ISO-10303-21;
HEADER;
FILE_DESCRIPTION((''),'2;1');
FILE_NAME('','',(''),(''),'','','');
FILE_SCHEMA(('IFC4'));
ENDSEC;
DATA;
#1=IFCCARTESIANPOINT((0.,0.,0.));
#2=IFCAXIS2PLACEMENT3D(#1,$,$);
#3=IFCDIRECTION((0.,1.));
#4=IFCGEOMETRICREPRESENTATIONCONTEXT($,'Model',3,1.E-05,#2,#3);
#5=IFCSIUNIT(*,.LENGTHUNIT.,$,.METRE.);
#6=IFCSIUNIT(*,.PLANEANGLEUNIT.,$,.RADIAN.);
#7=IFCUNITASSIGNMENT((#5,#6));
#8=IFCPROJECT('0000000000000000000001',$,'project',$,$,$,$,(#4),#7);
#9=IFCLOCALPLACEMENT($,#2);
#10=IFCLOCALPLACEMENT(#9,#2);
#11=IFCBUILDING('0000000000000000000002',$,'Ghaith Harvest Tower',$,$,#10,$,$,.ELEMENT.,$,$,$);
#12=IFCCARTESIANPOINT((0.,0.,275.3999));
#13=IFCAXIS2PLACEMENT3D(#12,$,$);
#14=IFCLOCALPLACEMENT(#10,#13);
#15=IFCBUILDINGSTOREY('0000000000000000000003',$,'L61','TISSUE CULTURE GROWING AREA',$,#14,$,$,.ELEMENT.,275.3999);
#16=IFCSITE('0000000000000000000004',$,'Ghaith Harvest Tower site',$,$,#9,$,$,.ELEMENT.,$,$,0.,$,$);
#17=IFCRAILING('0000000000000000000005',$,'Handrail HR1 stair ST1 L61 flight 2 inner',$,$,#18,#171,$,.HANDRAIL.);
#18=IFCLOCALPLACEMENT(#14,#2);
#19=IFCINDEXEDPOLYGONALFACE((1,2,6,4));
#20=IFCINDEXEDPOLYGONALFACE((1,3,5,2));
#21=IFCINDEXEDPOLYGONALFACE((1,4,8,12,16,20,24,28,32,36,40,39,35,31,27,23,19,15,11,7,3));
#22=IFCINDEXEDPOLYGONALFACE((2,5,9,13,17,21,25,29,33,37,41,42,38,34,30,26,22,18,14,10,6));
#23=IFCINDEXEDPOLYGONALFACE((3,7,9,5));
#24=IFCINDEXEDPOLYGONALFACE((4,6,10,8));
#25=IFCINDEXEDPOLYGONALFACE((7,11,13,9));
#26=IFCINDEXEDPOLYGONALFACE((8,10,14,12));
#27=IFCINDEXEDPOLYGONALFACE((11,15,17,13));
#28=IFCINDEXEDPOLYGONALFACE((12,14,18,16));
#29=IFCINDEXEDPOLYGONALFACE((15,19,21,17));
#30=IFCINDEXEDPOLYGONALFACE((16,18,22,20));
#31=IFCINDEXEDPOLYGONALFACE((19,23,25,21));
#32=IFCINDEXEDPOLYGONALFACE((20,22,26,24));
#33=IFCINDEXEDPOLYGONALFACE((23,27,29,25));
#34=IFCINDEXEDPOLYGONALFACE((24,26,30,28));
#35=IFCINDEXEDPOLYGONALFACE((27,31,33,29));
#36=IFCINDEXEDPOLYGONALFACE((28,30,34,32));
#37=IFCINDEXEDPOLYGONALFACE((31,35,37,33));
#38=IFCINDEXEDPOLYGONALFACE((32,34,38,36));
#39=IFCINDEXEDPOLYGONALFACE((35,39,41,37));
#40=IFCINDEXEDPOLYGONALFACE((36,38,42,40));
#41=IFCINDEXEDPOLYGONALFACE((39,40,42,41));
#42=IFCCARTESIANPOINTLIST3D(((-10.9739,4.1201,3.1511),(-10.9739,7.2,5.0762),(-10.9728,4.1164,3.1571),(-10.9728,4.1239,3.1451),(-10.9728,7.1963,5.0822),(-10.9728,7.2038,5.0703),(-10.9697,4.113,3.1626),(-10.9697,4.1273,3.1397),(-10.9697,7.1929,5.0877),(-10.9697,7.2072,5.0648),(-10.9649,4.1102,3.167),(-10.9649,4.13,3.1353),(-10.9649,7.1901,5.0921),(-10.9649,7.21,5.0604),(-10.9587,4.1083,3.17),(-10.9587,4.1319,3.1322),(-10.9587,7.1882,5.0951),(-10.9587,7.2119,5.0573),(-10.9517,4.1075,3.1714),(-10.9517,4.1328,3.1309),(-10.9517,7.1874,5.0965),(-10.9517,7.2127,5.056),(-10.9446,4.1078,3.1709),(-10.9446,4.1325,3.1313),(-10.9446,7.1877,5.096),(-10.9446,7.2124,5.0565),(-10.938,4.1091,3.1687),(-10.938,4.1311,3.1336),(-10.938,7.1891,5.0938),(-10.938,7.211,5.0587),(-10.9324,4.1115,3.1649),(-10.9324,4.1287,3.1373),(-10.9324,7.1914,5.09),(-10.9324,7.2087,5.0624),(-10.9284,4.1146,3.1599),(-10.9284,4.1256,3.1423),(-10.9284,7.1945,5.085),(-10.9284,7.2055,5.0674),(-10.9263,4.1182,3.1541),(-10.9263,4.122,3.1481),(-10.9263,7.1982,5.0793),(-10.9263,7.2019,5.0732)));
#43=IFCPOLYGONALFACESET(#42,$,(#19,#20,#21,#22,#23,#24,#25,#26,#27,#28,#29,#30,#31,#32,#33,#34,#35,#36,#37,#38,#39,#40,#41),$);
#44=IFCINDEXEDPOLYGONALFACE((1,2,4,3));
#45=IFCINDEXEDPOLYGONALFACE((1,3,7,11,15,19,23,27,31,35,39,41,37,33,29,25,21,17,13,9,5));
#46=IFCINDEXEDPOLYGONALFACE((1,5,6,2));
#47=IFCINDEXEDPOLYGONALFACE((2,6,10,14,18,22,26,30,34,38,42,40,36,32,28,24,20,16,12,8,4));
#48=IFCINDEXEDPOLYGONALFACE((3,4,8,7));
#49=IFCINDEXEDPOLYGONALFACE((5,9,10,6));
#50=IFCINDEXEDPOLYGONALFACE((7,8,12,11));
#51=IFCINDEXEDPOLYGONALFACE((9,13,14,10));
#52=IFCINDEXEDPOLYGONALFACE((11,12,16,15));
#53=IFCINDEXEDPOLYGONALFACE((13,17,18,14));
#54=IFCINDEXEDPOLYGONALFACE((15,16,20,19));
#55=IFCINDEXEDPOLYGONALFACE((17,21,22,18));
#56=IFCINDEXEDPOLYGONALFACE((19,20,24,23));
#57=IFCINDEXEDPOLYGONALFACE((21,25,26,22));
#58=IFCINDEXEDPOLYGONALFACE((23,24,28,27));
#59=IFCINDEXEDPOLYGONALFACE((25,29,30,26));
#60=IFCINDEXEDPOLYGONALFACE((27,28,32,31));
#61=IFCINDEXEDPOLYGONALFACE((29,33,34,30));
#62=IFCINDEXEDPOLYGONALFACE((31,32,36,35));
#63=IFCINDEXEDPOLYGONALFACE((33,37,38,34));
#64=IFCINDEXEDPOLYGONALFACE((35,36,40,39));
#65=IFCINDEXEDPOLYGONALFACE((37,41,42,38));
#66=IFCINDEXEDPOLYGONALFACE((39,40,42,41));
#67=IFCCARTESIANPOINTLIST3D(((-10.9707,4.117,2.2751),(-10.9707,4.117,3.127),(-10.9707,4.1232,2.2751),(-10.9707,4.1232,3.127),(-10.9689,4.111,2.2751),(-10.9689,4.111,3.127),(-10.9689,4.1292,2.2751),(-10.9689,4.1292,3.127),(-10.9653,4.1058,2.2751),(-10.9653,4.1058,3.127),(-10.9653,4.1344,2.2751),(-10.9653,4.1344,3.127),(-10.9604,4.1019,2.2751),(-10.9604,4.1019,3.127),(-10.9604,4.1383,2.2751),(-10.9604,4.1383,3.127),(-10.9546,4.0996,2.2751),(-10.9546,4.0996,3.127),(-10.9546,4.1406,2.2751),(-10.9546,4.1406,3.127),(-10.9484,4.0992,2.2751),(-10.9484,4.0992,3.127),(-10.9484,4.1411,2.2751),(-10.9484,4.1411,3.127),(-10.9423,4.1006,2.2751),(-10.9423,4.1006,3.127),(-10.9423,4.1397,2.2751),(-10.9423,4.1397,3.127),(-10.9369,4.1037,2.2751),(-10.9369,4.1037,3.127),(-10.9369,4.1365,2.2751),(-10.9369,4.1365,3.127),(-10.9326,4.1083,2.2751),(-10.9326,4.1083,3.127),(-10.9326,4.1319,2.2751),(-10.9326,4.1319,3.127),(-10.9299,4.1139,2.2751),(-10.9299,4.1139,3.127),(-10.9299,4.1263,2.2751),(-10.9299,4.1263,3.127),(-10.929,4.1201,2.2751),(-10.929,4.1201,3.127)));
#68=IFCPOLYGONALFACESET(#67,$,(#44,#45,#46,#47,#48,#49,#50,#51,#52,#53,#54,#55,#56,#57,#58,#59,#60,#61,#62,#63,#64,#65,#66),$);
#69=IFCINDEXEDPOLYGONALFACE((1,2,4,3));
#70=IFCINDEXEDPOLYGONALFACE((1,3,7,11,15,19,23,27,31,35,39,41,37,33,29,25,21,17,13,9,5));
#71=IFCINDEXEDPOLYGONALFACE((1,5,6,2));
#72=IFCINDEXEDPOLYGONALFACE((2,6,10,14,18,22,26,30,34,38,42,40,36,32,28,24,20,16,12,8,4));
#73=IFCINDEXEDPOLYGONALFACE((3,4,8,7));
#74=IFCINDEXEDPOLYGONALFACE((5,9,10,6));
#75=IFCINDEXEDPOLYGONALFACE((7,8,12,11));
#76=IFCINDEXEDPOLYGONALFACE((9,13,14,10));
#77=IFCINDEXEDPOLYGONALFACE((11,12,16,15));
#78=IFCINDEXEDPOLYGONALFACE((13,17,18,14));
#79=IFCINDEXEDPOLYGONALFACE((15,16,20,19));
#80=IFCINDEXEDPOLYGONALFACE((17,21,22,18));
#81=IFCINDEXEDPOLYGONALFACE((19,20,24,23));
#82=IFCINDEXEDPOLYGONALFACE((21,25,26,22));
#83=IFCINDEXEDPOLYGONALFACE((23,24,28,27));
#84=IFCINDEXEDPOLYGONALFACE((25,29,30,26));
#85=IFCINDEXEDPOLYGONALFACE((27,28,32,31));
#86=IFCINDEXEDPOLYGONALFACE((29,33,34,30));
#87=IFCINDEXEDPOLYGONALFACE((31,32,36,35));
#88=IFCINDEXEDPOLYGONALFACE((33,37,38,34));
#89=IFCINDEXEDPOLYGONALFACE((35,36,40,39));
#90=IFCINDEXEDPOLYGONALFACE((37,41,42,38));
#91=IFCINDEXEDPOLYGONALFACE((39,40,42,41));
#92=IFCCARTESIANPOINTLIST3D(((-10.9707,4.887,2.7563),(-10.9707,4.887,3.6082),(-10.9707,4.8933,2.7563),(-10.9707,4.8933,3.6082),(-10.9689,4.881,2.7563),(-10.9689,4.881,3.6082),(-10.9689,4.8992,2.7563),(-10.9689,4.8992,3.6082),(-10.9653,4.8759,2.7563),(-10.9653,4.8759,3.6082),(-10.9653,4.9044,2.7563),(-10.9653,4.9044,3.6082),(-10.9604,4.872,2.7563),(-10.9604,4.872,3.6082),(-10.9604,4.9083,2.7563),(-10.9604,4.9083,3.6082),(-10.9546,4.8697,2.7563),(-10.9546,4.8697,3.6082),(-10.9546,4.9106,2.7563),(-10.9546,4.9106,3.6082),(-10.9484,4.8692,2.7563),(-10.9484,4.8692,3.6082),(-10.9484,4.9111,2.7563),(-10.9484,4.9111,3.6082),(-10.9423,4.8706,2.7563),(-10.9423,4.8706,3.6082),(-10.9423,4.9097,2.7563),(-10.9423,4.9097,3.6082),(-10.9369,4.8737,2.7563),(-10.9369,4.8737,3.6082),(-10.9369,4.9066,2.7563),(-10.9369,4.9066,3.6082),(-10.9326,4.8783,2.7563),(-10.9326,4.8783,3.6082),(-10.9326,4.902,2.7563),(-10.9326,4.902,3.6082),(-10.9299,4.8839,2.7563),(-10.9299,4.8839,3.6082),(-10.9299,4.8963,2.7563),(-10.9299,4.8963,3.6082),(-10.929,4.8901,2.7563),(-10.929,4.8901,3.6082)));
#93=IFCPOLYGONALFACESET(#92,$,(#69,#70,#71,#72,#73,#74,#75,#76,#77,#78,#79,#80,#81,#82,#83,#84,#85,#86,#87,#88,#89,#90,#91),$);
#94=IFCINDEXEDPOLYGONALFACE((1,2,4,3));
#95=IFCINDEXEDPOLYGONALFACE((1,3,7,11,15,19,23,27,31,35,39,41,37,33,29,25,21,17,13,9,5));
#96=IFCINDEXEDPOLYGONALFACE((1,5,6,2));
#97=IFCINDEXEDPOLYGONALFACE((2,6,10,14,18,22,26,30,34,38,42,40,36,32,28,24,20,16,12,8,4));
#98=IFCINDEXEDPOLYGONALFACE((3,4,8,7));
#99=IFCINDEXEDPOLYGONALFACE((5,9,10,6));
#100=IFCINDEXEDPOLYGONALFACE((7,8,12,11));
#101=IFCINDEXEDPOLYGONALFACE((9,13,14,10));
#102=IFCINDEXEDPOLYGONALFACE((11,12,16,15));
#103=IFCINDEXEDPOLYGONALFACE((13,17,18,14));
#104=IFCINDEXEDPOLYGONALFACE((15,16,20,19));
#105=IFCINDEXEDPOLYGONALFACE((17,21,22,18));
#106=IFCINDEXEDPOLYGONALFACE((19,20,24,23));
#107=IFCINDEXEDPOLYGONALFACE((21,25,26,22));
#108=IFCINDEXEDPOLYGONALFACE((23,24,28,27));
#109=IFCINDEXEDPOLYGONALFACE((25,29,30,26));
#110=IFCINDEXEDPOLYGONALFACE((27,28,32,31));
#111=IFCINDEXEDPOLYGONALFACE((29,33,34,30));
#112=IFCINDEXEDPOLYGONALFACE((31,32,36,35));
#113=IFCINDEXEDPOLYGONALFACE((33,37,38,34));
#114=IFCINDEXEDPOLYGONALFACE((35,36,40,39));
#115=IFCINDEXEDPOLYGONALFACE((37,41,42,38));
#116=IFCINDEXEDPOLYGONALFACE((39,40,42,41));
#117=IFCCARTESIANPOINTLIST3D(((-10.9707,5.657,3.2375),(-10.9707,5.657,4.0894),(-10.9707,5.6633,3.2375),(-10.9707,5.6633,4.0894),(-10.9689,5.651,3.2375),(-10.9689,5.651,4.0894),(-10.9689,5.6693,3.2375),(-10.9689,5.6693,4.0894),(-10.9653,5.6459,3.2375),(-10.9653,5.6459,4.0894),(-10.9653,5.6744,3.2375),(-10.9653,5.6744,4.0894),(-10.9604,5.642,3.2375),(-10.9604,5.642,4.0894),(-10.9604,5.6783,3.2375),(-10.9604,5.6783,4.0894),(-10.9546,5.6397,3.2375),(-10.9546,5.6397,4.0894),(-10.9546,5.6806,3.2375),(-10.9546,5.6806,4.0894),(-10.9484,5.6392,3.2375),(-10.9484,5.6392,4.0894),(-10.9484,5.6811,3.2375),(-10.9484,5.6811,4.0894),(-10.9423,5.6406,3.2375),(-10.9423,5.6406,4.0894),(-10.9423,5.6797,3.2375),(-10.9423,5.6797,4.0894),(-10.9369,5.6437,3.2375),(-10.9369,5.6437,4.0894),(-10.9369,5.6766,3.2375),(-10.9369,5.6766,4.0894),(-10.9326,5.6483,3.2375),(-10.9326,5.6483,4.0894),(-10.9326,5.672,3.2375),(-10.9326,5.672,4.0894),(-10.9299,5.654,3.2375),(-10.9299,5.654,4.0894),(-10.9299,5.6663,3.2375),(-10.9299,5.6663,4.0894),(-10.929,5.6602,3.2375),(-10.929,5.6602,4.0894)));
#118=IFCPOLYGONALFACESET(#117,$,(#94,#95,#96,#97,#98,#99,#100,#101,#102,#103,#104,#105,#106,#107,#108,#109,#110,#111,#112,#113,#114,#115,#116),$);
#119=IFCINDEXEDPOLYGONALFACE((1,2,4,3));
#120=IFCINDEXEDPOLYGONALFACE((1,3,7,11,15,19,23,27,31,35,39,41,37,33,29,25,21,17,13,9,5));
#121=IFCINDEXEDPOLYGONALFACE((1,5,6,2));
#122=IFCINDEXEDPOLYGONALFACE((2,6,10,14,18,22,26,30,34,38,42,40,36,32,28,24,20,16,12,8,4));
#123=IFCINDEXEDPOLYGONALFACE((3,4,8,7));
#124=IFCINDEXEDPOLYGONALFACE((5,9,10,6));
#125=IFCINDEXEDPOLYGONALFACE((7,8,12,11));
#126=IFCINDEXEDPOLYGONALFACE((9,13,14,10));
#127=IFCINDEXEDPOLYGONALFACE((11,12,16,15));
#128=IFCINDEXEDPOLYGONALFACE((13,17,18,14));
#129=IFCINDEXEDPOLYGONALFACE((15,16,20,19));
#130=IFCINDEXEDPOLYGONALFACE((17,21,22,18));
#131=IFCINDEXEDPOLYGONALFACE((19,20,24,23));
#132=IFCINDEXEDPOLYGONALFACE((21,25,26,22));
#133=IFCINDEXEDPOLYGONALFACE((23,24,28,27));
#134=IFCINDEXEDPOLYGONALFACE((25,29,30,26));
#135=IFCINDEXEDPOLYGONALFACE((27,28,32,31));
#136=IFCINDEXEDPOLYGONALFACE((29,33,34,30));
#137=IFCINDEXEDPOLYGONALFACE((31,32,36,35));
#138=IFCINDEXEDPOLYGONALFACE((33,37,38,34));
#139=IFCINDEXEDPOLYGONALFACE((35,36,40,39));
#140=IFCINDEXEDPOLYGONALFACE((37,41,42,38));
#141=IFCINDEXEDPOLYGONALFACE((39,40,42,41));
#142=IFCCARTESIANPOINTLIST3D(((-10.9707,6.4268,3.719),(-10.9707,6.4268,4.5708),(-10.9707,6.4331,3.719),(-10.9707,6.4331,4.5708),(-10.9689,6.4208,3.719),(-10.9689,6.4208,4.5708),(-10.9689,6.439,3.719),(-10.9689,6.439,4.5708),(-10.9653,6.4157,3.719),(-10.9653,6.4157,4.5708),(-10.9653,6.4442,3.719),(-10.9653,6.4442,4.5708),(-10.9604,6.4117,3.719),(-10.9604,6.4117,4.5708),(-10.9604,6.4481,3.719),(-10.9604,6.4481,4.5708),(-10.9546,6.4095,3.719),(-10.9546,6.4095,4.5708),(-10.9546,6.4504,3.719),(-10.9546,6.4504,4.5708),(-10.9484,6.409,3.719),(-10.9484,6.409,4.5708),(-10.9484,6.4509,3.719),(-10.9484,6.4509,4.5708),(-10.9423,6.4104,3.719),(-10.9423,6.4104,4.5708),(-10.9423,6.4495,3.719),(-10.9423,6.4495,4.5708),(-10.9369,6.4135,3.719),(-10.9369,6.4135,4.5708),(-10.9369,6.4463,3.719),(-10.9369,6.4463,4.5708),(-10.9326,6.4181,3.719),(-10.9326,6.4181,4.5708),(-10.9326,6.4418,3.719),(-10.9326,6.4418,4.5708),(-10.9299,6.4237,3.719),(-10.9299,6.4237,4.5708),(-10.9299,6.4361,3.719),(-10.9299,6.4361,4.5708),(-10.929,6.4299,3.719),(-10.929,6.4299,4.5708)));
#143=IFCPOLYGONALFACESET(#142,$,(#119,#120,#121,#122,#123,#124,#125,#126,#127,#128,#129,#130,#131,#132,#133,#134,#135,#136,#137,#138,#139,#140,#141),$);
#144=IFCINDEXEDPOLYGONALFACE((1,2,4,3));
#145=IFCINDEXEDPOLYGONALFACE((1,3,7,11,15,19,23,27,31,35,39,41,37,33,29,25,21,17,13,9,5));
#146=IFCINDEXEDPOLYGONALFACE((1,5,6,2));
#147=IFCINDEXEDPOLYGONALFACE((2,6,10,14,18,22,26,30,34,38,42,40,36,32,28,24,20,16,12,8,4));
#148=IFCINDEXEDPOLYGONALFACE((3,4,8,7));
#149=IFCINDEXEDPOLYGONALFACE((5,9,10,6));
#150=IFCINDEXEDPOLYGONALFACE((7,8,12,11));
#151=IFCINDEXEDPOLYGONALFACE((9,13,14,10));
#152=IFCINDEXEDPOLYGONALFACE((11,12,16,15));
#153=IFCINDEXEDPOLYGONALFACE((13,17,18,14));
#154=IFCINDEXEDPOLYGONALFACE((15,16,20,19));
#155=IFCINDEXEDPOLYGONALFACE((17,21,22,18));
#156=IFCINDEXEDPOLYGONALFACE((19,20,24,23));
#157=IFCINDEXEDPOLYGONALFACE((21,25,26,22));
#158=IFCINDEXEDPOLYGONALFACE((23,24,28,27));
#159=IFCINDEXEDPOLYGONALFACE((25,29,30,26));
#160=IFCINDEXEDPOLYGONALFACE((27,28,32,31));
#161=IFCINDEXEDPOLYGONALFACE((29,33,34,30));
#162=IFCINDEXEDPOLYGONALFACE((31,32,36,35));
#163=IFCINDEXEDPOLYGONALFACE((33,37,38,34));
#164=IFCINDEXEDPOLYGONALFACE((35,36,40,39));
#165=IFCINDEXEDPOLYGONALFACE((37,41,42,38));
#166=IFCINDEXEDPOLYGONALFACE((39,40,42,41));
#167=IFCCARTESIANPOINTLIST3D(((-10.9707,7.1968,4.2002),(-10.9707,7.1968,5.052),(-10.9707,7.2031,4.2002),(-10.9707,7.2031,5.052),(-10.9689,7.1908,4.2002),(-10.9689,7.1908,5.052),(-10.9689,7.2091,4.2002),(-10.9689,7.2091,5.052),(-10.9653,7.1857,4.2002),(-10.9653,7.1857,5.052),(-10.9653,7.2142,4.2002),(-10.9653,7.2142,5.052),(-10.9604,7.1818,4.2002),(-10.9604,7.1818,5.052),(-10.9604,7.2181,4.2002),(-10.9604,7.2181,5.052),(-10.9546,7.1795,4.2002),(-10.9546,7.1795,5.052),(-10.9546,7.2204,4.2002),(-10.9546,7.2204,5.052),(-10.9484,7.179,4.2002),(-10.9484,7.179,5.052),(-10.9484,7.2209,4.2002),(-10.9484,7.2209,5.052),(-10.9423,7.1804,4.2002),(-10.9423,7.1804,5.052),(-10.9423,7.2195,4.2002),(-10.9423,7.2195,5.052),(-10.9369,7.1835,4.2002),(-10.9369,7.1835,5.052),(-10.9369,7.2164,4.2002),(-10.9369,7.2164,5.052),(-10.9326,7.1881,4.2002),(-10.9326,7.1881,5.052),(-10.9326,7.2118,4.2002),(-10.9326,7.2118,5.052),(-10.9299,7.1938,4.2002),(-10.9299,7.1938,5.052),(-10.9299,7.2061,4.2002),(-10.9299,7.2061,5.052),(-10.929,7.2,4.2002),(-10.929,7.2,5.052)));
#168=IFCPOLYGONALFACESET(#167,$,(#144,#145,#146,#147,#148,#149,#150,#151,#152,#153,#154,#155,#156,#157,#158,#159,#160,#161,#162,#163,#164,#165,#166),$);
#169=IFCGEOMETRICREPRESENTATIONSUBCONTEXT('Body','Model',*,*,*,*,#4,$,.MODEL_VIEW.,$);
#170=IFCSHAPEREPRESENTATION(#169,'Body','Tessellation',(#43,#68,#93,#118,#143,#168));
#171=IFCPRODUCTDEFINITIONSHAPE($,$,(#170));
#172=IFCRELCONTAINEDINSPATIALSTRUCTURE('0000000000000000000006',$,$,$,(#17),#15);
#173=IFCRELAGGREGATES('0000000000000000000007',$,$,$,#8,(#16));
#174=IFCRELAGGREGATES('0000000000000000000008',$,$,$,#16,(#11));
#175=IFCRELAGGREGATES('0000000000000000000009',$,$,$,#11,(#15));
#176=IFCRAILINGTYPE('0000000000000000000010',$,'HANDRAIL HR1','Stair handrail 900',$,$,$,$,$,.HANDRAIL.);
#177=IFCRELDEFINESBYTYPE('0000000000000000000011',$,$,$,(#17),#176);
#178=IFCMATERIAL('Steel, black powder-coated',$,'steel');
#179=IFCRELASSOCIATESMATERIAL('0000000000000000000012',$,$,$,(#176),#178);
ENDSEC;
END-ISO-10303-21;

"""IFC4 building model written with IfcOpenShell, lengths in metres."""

from ifc_helpers import new_model, si_unit, direction, frame, origin, origin_2d, place, context, subcontext, project, spatial, circle, extrude, material, type_object, element, save


model = new_model("IFC4")

# Units and contexts
model_context = context("Model", 3, precision=1e-05, world=origin(), true_north=direction((0.0, 1.0)))
body_context = subcontext(model_context, "Body", "Model", "MODEL_VIEW")
ifc_project = project(units=[si_unit("LENGTHUNIT", "METRE"), si_unit("PLANEANGLEUNIT", "RADIAN")], contexts=[model_context])

# Site, building, storey
site_placement = place(None, origin())
site = spatial("IfcSite", under=ifc_project, at=site_placement, Name="Ghaith Harvest Tower site", CompositionType="ELEMENT", RefElevation=0.0)
building_placement = place(site_placement, origin())
building = spatial("IfcBuilding", under=site, at=building_placement, Name="Ghaith Harvest Tower", CompositionType="ELEMENT")
storey_placement = place(building_placement, frame((0.0, 0.0, 275.3999)))
storey = spatial("IfcBuildingStorey", under=building, at=storey_placement, Name="L61", Description="TISSUE CULTURE GROWING AREA", CompositionType="ELEMENT", Elevation=275.3999)

# Railing
ifc_material_1 = material(Name="Steel, black powder-coated", Category="steel")
railing_type = type_object("IfcRailingType", Name="HANDRAIL HR1", Description="Stair handrail 900", PredefinedType="HANDRAIL", material=ifc_material_1)
railing_1_placement = place(storey_placement, frame((-10.95, 4.1201, 2.2751)))
element("IfcRailing", 1, at=railing_1_placement, inside=storey, type_object=railing_type, Name="Handrail HR1 stair ST1 L61 flight 2 inner", PredefinedType="HANDRAIL", context=body_context, shape_type="SweptSolid", body=[
    extrude(circle(Radius=0.0239, at=origin_2d()), frame((0.0, 0.0, 0.876), z_axis=(0.0, 0.847979, 0.530029), x_axis=(-1.0, 0.0, 0.0)), (0.0, 0.0, 1.0), 3.6321),
    extrude(circle(Radius=0.021, at=origin_2d()), origin(), (0.0, 0.0, 1.0), 0.8518),
    extrude(circle(Radius=0.021, at=origin_2d()), frame((0.0, 0.77, 0.4812)), (0.0, 0.0, 1.0), 0.8518),
    extrude(circle(Radius=0.021, at=origin_2d()), frame((0.0, 1.54, 0.9624)), (0.0, 0.0, 1.0), 0.8518),
    extrude(circle(Radius=0.021, at=origin_2d()), frame((0.0, 2.3098, 1.4438)), (0.0, 0.0, 1.0), 0.8518),
    extrude(circle(Radius=0.021, at=origin_2d()), frame((0.0, 3.0798, 1.925)), (0.0, 0.0, 1.0), 0.8518),
])

save(model, "model.ifc")
